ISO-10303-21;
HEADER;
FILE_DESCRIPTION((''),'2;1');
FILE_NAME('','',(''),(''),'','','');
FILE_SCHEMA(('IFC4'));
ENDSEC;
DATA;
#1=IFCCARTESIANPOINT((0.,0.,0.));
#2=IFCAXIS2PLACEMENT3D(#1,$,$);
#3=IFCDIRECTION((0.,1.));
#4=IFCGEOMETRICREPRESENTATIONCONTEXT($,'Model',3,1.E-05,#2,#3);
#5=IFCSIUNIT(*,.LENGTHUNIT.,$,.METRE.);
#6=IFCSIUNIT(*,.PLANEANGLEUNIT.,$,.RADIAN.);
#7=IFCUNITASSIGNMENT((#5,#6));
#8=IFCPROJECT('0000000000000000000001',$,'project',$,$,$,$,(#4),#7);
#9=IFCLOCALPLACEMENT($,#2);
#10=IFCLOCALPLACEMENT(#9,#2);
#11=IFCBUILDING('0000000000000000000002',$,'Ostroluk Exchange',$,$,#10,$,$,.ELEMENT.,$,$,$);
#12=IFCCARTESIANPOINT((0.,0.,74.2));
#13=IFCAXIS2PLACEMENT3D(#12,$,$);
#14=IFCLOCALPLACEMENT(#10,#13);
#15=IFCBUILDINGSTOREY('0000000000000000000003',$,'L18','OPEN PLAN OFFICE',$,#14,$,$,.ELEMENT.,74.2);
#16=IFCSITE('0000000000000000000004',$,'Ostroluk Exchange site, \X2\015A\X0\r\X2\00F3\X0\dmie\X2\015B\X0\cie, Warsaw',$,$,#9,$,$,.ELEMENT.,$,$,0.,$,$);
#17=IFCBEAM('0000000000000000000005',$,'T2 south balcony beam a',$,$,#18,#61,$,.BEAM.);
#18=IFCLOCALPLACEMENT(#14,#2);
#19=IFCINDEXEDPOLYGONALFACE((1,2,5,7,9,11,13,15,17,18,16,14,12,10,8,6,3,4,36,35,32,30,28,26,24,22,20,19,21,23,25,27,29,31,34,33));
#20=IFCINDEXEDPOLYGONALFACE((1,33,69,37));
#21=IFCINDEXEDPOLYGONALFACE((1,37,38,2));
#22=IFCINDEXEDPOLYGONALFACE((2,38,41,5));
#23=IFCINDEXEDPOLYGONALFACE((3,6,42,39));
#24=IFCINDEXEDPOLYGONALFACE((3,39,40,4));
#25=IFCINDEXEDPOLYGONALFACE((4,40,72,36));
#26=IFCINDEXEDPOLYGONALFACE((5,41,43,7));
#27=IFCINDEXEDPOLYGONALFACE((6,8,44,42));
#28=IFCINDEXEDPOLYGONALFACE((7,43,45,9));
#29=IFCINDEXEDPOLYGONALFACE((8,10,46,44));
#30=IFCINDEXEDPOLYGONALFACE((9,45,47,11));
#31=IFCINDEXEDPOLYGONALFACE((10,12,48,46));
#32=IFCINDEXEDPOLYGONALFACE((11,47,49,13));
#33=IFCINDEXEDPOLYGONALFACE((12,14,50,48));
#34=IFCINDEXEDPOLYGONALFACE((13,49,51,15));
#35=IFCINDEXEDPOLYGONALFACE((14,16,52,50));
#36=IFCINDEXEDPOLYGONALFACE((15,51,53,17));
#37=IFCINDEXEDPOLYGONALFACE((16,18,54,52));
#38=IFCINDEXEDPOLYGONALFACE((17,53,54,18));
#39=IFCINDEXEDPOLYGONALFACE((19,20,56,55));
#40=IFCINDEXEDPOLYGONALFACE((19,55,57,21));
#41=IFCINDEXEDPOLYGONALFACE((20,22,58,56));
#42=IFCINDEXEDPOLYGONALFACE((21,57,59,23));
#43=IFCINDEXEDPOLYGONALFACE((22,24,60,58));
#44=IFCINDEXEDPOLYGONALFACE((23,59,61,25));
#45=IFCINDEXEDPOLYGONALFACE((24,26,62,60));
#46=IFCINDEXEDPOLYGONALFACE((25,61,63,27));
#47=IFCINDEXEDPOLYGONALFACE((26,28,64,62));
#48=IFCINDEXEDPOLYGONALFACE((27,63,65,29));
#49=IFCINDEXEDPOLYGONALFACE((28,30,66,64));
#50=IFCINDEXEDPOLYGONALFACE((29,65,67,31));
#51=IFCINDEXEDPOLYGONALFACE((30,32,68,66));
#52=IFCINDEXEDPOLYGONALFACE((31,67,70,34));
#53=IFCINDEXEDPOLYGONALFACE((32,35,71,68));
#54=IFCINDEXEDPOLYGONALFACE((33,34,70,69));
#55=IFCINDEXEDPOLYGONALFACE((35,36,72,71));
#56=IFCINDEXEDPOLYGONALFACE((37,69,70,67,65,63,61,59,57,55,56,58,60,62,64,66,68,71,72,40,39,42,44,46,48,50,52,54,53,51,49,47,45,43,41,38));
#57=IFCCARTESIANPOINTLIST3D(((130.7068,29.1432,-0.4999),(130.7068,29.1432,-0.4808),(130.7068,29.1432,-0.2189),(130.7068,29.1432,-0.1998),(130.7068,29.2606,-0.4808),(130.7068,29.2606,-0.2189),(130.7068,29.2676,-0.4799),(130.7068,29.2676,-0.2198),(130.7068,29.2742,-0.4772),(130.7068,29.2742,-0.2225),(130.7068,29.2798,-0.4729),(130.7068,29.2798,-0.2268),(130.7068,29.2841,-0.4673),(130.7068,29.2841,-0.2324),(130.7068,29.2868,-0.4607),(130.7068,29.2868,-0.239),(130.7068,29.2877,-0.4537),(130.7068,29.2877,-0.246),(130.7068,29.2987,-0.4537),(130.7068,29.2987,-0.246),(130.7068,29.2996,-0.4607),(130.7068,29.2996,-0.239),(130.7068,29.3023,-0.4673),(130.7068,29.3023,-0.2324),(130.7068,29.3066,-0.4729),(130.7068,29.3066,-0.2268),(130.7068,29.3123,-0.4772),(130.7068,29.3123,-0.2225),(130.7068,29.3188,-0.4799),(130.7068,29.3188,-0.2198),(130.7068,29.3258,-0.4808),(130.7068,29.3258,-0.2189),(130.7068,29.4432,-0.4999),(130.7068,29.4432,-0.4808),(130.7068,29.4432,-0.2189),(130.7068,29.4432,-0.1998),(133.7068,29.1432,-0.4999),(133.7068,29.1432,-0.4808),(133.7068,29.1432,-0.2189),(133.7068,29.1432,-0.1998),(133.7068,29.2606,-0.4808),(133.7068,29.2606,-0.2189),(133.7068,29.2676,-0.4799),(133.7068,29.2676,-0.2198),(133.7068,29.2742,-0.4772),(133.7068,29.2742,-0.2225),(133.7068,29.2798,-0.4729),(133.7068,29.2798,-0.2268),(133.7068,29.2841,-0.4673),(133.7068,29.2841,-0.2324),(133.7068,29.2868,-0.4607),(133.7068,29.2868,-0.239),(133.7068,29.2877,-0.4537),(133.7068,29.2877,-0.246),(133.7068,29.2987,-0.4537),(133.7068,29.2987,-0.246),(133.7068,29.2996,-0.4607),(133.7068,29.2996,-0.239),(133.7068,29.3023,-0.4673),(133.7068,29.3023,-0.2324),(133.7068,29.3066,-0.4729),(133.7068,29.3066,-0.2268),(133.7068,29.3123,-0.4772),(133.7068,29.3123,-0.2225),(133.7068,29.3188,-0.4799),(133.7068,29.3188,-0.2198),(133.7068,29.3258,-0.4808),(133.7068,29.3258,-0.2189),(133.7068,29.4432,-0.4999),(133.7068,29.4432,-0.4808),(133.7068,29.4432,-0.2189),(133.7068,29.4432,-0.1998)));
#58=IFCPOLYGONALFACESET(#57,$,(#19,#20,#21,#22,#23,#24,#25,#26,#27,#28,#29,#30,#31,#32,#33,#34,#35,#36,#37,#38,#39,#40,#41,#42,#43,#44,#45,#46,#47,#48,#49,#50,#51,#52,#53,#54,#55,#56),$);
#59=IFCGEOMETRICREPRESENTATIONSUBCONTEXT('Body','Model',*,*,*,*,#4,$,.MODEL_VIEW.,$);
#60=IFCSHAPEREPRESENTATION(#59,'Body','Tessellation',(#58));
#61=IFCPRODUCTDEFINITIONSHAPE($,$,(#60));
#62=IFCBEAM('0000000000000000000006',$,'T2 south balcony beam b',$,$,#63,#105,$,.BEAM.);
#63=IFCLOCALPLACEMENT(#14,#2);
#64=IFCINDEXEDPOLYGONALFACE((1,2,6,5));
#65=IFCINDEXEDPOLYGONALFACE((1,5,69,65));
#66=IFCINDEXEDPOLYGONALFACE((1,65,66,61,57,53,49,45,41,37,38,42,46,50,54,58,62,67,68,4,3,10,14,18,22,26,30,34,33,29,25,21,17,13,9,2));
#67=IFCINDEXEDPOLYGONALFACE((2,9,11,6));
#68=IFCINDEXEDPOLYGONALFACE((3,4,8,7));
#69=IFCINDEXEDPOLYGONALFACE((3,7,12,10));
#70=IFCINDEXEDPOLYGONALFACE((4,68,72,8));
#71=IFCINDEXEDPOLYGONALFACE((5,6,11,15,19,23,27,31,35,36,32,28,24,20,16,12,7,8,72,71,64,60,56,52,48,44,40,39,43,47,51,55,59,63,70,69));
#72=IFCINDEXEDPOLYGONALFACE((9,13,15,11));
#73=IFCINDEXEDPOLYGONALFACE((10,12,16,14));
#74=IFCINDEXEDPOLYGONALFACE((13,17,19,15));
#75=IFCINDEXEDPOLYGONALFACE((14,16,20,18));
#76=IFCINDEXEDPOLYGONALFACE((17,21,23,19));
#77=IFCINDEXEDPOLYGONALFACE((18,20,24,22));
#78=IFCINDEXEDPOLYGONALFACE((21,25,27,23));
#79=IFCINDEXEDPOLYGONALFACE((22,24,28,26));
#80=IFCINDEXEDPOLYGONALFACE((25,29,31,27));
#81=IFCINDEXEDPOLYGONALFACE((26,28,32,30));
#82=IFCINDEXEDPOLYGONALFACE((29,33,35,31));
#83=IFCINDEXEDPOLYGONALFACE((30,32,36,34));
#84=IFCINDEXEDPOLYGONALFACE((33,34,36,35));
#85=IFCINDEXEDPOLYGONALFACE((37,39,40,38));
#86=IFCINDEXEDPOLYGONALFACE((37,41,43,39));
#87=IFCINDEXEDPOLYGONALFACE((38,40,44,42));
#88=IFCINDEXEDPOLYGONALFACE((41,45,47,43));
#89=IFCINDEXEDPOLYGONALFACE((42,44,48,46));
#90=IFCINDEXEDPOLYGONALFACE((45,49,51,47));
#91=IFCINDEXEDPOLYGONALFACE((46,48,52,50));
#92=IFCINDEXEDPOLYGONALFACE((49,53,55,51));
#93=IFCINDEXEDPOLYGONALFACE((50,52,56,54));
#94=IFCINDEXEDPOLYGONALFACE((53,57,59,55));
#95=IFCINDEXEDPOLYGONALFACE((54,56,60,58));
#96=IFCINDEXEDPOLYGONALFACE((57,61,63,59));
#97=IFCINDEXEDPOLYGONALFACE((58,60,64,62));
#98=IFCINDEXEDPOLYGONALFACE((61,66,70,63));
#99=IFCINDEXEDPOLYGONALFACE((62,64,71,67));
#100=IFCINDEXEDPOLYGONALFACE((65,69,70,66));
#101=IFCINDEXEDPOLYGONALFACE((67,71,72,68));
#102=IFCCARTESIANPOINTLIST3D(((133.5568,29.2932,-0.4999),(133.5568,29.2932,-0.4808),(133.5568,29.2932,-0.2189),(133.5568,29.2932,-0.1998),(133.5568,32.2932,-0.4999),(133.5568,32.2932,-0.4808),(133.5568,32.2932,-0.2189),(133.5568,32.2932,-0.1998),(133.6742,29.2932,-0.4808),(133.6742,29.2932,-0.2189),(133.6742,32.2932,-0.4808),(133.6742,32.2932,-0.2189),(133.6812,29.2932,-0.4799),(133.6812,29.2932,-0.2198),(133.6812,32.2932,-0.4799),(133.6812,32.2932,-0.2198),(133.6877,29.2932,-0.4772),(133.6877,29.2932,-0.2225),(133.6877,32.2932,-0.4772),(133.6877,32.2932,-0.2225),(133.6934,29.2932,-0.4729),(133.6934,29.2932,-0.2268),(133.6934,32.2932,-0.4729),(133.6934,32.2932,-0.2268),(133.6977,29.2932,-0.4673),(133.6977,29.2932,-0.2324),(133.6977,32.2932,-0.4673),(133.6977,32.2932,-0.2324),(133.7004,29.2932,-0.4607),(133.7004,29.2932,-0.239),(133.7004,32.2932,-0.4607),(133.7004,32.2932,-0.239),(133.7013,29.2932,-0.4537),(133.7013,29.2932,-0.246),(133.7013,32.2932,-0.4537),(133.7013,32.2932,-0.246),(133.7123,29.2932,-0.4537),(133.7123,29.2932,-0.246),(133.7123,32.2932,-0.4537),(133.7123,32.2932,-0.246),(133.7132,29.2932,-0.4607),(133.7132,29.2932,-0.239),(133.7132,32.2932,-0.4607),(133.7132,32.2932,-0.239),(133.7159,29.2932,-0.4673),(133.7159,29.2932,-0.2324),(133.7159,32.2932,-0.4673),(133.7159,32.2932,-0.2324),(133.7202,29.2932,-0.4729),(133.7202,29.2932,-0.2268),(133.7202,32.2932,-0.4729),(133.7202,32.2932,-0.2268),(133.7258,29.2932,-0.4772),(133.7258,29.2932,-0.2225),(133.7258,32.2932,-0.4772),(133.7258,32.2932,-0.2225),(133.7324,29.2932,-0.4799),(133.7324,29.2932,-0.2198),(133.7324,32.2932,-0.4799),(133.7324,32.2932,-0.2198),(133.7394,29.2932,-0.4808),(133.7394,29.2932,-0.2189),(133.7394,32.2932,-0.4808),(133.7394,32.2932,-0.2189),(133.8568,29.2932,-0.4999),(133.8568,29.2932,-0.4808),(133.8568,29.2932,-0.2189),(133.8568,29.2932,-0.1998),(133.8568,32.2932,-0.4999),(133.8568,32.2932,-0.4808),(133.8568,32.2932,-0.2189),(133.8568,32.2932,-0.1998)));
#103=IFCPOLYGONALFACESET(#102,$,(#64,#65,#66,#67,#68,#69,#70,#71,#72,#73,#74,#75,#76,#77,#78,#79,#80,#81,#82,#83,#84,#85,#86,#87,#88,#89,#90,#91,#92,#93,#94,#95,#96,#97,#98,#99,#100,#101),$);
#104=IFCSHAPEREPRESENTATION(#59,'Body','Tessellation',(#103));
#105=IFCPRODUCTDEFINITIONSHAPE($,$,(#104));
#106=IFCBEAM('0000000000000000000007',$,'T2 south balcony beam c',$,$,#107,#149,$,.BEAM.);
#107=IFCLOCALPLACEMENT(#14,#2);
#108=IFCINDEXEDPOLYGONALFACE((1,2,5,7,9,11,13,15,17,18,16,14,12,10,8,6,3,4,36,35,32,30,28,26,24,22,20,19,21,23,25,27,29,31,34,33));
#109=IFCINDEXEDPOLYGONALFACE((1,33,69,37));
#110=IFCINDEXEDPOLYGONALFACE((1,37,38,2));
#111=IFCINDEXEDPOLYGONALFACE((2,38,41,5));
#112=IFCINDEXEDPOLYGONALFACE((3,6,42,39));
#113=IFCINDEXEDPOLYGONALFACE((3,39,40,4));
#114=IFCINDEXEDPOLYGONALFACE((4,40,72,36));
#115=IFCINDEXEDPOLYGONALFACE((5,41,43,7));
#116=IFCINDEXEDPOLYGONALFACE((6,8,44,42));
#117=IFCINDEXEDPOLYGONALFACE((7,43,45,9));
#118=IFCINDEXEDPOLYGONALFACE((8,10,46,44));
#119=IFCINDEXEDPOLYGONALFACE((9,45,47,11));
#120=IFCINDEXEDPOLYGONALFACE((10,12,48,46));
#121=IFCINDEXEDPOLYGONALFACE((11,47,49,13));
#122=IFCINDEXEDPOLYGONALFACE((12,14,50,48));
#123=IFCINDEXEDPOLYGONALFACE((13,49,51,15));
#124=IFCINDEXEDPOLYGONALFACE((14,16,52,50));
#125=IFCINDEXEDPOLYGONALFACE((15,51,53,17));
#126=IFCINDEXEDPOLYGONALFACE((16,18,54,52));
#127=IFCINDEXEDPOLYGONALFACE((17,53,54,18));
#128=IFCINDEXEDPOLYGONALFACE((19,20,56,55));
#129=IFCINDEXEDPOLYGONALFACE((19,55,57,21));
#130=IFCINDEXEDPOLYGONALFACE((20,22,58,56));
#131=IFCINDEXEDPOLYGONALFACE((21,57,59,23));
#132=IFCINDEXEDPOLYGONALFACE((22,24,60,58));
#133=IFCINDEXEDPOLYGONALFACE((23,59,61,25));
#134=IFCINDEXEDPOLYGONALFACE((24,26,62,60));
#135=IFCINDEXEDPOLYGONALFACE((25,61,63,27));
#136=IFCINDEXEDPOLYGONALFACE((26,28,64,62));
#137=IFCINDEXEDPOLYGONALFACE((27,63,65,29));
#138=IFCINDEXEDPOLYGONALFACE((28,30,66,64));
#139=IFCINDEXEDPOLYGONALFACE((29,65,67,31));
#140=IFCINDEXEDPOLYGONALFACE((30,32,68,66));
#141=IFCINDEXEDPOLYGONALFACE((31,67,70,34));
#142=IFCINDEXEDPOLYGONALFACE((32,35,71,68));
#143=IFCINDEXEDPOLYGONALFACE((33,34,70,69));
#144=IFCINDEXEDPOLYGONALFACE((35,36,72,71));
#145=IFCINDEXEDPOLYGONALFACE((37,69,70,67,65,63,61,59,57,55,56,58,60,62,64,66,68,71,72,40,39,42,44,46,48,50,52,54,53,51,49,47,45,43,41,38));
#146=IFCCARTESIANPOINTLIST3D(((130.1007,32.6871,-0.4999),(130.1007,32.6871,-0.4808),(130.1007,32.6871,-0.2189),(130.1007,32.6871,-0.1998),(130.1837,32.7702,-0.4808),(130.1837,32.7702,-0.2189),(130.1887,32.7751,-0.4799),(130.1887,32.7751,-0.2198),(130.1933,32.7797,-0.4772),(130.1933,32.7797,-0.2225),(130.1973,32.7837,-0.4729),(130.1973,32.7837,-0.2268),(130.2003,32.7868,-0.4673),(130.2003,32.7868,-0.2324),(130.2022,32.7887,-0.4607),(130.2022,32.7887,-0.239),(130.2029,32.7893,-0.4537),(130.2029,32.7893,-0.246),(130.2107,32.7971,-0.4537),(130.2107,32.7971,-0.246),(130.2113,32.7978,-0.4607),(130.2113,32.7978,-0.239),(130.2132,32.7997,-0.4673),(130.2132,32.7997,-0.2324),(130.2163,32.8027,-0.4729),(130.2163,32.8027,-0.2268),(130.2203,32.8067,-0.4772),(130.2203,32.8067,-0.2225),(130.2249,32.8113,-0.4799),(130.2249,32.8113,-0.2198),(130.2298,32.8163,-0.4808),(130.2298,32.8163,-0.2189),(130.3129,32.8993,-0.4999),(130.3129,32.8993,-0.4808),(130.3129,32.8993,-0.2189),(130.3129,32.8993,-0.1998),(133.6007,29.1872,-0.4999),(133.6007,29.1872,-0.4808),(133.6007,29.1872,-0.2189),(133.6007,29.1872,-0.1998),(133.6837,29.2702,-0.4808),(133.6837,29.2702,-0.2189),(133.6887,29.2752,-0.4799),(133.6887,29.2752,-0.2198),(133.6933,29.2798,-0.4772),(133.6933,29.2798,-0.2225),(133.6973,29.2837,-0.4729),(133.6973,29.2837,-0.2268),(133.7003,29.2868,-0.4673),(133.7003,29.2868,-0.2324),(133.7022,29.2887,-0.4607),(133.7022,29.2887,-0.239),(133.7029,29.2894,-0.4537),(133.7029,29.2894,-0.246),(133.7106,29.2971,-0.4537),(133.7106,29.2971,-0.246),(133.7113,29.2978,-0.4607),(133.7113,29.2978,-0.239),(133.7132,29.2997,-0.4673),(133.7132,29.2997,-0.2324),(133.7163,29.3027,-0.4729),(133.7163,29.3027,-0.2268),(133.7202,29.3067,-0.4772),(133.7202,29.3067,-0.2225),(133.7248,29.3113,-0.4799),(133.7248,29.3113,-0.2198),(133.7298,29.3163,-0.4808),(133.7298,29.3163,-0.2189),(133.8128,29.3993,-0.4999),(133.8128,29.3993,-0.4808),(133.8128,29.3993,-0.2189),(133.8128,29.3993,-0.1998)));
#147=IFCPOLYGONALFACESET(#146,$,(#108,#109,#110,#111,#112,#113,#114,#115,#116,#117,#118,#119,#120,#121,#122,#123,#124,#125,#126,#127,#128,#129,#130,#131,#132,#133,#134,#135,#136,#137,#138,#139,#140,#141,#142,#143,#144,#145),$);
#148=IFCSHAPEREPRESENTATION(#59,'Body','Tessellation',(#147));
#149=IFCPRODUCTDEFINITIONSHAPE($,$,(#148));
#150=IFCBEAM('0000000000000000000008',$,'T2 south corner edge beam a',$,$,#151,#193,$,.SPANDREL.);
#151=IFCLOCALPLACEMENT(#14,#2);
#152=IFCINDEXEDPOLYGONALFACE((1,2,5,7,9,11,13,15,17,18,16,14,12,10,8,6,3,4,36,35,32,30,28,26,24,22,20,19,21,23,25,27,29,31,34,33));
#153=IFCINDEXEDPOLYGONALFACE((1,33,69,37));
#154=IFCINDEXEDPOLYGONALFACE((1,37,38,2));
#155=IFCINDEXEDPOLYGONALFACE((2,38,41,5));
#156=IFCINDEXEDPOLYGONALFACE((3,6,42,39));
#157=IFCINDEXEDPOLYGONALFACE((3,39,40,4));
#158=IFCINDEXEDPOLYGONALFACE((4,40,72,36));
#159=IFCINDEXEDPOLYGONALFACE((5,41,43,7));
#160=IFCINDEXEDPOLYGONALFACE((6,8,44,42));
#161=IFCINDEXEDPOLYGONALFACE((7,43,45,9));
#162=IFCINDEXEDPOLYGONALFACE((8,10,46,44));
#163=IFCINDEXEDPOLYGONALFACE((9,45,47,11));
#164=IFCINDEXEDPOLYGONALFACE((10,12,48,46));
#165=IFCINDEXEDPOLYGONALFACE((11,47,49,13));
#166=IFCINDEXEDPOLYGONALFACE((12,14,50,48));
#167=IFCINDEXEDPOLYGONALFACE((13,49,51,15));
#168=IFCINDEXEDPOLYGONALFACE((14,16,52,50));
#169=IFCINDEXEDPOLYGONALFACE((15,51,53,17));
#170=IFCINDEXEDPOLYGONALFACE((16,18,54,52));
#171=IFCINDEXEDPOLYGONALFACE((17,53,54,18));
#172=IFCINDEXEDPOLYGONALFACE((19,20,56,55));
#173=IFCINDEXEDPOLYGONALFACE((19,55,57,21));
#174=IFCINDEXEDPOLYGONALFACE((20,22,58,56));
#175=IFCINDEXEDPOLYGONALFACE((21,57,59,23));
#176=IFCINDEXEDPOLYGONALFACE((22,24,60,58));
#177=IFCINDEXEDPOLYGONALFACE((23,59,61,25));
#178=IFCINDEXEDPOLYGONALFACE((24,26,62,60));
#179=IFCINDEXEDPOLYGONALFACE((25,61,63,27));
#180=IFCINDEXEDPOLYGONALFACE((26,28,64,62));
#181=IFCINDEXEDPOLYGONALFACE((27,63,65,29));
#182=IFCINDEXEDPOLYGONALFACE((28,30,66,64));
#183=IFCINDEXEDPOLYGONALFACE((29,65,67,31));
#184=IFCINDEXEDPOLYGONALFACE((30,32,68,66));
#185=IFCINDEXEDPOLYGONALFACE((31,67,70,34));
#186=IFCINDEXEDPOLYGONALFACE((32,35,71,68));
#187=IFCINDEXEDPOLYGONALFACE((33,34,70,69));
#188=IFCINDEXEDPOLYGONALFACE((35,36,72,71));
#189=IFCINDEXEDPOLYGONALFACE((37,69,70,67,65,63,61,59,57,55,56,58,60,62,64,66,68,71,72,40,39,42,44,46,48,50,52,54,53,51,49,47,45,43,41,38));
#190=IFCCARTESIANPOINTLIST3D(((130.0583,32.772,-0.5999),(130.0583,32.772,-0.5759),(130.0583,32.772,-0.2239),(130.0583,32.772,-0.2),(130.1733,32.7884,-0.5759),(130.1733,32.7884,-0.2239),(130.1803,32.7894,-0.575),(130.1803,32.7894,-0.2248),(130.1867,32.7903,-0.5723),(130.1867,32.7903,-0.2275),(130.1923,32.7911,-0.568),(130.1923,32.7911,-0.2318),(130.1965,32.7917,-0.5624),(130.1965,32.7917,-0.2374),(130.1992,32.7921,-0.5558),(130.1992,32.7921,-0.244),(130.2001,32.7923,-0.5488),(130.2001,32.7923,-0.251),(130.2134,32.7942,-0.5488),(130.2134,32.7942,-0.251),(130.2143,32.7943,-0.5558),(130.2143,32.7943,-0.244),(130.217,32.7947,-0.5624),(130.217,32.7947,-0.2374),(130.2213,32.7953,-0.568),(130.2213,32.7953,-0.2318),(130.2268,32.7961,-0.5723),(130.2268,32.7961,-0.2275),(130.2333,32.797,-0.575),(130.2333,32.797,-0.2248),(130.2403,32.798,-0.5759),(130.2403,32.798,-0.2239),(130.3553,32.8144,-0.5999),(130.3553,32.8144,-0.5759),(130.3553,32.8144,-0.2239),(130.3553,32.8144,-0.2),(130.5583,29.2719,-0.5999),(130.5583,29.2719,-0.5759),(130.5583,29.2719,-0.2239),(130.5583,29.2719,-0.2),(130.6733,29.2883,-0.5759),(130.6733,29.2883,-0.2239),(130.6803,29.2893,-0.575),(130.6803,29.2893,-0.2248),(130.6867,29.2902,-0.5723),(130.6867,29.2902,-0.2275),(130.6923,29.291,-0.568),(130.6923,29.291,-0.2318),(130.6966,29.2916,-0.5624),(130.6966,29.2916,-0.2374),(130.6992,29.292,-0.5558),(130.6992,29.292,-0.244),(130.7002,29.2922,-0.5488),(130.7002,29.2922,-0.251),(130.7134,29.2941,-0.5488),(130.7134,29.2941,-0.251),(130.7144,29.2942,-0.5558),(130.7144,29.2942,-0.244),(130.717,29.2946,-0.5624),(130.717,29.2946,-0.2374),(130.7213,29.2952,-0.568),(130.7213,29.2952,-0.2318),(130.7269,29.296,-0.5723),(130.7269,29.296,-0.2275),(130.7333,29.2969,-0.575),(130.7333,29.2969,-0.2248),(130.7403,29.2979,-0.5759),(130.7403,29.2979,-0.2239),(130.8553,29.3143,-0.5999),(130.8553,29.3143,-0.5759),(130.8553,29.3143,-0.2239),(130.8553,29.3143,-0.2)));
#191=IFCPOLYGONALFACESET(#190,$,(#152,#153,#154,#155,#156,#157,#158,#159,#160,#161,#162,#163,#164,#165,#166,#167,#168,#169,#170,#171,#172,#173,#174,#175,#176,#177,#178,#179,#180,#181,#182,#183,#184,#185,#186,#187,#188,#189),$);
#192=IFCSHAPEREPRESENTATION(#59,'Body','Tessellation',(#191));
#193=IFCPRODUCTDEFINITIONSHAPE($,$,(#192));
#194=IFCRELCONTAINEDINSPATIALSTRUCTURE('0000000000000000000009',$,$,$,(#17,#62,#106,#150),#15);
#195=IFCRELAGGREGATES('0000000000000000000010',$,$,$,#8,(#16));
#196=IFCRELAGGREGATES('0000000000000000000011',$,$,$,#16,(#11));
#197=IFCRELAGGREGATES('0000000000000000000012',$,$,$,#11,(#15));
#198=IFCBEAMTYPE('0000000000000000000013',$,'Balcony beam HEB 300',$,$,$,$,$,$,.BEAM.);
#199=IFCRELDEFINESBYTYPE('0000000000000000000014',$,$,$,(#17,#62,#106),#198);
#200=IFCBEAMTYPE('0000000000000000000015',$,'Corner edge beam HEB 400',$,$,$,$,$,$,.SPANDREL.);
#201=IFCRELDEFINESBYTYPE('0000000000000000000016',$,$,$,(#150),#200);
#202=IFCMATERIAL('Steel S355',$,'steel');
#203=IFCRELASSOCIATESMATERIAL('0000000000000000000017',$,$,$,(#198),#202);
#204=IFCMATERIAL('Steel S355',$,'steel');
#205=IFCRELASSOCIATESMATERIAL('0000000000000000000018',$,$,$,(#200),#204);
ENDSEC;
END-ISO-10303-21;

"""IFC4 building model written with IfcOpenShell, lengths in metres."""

from ifc_helpers import new_model, si_unit, direction, frame, origin, origin_2d, place, context, subcontext, project, spatial, i_section, extrude, material, material_profile, profile_set, type_object, element, save


model = new_model("IFC4")

# Units and contexts
model_context = context("Model", 3, precision=1e-05, world=origin(), true_north=direction((0.0, 1.0)))
body_context = subcontext(model_context, "Body", "Model", "MODEL_VIEW")
ifc_project = project(units=[si_unit("LENGTHUNIT", "METRE"), si_unit("PLANEANGLEUNIT", "RADIAN")], contexts=[model_context])

# Site, building, storey
site_placement = place(None, origin())
site = spatial("IfcSite", under=ifc_project, at=site_placement, Name="Ostroluk Exchange site, Śródmieście, Warsaw", CompositionType="ELEMENT", RefElevation=0.0)
building_placement = place(site_placement, origin())
building = spatial("IfcBuilding", under=site, at=building_placement, Name="Ostroluk Exchange", CompositionType="ELEMENT")
storey_placement = place(building_placement, frame((0.0, 0.0, 74.2)))
storey = spatial("IfcBuildingStorey", under=building, at=storey_placement, Name="L18", Description="OPEN PLAN OFFICE", CompositionType="ELEMENT", Elevation=74.2)

# Beams
ifc_material_1 = material(Name="Steel S355", Category="steel")
ifc_material_profile_1 = material_profile(ifc_material_1, i_section(OverallWidth=0.3, OverallDepth=0.3, WebThickness=0.011, FlangeThickness=0.019, FilletRadius=0.0271, at=origin_2d()), Name="HEB 300")
ifc_profile_set_1 = profile_set([ifc_material_profile_1], Name="Steel S355")
beam_type_1 = type_object("IfcBeamType", Name="Balcony beam HEB 300", PredefinedType="BEAM", material=ifc_profile_set_1)
for number, where, z_axis, x_axis, name in (
    (1, (130.7068, 29.2932, -0.3499), (1.0, 0.0, 0.0), (0.0, 1.0, 0.0), "T2 south balcony beam a"),
    (2, (133.7068, 32.2932, -0.3499), (0.0, -1.0, 0.0), (1.0, 0.0, 0.0), "T2 south balcony beam b"),
):
    element("IfcBeam", number, at=place(storey_placement, frame(where, z_axis=z_axis, x_axis=x_axis)), inside=storey, type_object=beam_type_1, Name=name, PredefinedType="BEAM", context=body_context, shape_type="SweptSolid", body=[
        extrude(i_section(OverallWidth=0.3, OverallDepth=0.3, WebThickness=0.011, FlangeThickness=0.019, FilletRadius=0.0271, at=origin_2d()), origin(), (0.0, 0.0, 1.0), 3.0),
    ])
beam_1_placement = place(storey_placement, frame((130.2068, 32.7932, -0.3499), z_axis=(0.707107, -0.707107, 0.0), x_axis=(0.707107, 0.707107, 0.0)))
element("IfcBeam", 3, at=beam_1_placement, inside=storey, type_object=beam_type_1, Name="T2 south balcony beam c", PredefinedType="BEAM", context=body_context, shape_type="SweptSolid", body=[
    extrude(i_section(OverallWidth=0.3, OverallDepth=0.3, WebThickness=0.011, FlangeThickness=0.019, FilletRadius=0.0271, at=origin_2d()), origin(), (0.0, 0.0, 1.0), 4.9497),
])
ifc_material_2 = material(Name="Steel S355", Category="steel")
ifc_material_profile_2 = material_profile(ifc_material_2, i_section(OverallWidth=0.3, OverallDepth=0.3999, WebThickness=0.0134, FlangeThickness=0.0239, FilletRadius=0.0271, at=origin_2d()), Name="HEB 400")
ifc_profile_set_2 = profile_set([ifc_material_profile_2], Name="Steel S355")
beam_type_2 = type_object("IfcBeamType", Name="Corner edge beam HEB 400", PredefinedType="SPANDREL", material=ifc_profile_set_2)
for number, where, z_axis, x_axis, name in (
    (4, (130.2068, 32.7932, -0.3999), (0.141421, -0.989949, 0.0), (0.989949, 0.141421, 0.0), "T2 south corner edge beam a"),
):
    element("IfcBeam", number, at=place(storey_placement, frame(where, z_axis=z_axis, x_axis=x_axis)), inside=storey, type_object=beam_type_2, Name=name, PredefinedType="SPANDREL", context=body_context, shape_type="SweptSolid", body=[
        extrude(i_section(OverallWidth=0.3, OverallDepth=0.3999, WebThickness=0.0134, FlangeThickness=0.0239, FilletRadius=0.0271, at=origin_2d()), origin(), (0.0, 0.0, 1.0), 3.5356),
    ])

save(model, "model.ifc")
